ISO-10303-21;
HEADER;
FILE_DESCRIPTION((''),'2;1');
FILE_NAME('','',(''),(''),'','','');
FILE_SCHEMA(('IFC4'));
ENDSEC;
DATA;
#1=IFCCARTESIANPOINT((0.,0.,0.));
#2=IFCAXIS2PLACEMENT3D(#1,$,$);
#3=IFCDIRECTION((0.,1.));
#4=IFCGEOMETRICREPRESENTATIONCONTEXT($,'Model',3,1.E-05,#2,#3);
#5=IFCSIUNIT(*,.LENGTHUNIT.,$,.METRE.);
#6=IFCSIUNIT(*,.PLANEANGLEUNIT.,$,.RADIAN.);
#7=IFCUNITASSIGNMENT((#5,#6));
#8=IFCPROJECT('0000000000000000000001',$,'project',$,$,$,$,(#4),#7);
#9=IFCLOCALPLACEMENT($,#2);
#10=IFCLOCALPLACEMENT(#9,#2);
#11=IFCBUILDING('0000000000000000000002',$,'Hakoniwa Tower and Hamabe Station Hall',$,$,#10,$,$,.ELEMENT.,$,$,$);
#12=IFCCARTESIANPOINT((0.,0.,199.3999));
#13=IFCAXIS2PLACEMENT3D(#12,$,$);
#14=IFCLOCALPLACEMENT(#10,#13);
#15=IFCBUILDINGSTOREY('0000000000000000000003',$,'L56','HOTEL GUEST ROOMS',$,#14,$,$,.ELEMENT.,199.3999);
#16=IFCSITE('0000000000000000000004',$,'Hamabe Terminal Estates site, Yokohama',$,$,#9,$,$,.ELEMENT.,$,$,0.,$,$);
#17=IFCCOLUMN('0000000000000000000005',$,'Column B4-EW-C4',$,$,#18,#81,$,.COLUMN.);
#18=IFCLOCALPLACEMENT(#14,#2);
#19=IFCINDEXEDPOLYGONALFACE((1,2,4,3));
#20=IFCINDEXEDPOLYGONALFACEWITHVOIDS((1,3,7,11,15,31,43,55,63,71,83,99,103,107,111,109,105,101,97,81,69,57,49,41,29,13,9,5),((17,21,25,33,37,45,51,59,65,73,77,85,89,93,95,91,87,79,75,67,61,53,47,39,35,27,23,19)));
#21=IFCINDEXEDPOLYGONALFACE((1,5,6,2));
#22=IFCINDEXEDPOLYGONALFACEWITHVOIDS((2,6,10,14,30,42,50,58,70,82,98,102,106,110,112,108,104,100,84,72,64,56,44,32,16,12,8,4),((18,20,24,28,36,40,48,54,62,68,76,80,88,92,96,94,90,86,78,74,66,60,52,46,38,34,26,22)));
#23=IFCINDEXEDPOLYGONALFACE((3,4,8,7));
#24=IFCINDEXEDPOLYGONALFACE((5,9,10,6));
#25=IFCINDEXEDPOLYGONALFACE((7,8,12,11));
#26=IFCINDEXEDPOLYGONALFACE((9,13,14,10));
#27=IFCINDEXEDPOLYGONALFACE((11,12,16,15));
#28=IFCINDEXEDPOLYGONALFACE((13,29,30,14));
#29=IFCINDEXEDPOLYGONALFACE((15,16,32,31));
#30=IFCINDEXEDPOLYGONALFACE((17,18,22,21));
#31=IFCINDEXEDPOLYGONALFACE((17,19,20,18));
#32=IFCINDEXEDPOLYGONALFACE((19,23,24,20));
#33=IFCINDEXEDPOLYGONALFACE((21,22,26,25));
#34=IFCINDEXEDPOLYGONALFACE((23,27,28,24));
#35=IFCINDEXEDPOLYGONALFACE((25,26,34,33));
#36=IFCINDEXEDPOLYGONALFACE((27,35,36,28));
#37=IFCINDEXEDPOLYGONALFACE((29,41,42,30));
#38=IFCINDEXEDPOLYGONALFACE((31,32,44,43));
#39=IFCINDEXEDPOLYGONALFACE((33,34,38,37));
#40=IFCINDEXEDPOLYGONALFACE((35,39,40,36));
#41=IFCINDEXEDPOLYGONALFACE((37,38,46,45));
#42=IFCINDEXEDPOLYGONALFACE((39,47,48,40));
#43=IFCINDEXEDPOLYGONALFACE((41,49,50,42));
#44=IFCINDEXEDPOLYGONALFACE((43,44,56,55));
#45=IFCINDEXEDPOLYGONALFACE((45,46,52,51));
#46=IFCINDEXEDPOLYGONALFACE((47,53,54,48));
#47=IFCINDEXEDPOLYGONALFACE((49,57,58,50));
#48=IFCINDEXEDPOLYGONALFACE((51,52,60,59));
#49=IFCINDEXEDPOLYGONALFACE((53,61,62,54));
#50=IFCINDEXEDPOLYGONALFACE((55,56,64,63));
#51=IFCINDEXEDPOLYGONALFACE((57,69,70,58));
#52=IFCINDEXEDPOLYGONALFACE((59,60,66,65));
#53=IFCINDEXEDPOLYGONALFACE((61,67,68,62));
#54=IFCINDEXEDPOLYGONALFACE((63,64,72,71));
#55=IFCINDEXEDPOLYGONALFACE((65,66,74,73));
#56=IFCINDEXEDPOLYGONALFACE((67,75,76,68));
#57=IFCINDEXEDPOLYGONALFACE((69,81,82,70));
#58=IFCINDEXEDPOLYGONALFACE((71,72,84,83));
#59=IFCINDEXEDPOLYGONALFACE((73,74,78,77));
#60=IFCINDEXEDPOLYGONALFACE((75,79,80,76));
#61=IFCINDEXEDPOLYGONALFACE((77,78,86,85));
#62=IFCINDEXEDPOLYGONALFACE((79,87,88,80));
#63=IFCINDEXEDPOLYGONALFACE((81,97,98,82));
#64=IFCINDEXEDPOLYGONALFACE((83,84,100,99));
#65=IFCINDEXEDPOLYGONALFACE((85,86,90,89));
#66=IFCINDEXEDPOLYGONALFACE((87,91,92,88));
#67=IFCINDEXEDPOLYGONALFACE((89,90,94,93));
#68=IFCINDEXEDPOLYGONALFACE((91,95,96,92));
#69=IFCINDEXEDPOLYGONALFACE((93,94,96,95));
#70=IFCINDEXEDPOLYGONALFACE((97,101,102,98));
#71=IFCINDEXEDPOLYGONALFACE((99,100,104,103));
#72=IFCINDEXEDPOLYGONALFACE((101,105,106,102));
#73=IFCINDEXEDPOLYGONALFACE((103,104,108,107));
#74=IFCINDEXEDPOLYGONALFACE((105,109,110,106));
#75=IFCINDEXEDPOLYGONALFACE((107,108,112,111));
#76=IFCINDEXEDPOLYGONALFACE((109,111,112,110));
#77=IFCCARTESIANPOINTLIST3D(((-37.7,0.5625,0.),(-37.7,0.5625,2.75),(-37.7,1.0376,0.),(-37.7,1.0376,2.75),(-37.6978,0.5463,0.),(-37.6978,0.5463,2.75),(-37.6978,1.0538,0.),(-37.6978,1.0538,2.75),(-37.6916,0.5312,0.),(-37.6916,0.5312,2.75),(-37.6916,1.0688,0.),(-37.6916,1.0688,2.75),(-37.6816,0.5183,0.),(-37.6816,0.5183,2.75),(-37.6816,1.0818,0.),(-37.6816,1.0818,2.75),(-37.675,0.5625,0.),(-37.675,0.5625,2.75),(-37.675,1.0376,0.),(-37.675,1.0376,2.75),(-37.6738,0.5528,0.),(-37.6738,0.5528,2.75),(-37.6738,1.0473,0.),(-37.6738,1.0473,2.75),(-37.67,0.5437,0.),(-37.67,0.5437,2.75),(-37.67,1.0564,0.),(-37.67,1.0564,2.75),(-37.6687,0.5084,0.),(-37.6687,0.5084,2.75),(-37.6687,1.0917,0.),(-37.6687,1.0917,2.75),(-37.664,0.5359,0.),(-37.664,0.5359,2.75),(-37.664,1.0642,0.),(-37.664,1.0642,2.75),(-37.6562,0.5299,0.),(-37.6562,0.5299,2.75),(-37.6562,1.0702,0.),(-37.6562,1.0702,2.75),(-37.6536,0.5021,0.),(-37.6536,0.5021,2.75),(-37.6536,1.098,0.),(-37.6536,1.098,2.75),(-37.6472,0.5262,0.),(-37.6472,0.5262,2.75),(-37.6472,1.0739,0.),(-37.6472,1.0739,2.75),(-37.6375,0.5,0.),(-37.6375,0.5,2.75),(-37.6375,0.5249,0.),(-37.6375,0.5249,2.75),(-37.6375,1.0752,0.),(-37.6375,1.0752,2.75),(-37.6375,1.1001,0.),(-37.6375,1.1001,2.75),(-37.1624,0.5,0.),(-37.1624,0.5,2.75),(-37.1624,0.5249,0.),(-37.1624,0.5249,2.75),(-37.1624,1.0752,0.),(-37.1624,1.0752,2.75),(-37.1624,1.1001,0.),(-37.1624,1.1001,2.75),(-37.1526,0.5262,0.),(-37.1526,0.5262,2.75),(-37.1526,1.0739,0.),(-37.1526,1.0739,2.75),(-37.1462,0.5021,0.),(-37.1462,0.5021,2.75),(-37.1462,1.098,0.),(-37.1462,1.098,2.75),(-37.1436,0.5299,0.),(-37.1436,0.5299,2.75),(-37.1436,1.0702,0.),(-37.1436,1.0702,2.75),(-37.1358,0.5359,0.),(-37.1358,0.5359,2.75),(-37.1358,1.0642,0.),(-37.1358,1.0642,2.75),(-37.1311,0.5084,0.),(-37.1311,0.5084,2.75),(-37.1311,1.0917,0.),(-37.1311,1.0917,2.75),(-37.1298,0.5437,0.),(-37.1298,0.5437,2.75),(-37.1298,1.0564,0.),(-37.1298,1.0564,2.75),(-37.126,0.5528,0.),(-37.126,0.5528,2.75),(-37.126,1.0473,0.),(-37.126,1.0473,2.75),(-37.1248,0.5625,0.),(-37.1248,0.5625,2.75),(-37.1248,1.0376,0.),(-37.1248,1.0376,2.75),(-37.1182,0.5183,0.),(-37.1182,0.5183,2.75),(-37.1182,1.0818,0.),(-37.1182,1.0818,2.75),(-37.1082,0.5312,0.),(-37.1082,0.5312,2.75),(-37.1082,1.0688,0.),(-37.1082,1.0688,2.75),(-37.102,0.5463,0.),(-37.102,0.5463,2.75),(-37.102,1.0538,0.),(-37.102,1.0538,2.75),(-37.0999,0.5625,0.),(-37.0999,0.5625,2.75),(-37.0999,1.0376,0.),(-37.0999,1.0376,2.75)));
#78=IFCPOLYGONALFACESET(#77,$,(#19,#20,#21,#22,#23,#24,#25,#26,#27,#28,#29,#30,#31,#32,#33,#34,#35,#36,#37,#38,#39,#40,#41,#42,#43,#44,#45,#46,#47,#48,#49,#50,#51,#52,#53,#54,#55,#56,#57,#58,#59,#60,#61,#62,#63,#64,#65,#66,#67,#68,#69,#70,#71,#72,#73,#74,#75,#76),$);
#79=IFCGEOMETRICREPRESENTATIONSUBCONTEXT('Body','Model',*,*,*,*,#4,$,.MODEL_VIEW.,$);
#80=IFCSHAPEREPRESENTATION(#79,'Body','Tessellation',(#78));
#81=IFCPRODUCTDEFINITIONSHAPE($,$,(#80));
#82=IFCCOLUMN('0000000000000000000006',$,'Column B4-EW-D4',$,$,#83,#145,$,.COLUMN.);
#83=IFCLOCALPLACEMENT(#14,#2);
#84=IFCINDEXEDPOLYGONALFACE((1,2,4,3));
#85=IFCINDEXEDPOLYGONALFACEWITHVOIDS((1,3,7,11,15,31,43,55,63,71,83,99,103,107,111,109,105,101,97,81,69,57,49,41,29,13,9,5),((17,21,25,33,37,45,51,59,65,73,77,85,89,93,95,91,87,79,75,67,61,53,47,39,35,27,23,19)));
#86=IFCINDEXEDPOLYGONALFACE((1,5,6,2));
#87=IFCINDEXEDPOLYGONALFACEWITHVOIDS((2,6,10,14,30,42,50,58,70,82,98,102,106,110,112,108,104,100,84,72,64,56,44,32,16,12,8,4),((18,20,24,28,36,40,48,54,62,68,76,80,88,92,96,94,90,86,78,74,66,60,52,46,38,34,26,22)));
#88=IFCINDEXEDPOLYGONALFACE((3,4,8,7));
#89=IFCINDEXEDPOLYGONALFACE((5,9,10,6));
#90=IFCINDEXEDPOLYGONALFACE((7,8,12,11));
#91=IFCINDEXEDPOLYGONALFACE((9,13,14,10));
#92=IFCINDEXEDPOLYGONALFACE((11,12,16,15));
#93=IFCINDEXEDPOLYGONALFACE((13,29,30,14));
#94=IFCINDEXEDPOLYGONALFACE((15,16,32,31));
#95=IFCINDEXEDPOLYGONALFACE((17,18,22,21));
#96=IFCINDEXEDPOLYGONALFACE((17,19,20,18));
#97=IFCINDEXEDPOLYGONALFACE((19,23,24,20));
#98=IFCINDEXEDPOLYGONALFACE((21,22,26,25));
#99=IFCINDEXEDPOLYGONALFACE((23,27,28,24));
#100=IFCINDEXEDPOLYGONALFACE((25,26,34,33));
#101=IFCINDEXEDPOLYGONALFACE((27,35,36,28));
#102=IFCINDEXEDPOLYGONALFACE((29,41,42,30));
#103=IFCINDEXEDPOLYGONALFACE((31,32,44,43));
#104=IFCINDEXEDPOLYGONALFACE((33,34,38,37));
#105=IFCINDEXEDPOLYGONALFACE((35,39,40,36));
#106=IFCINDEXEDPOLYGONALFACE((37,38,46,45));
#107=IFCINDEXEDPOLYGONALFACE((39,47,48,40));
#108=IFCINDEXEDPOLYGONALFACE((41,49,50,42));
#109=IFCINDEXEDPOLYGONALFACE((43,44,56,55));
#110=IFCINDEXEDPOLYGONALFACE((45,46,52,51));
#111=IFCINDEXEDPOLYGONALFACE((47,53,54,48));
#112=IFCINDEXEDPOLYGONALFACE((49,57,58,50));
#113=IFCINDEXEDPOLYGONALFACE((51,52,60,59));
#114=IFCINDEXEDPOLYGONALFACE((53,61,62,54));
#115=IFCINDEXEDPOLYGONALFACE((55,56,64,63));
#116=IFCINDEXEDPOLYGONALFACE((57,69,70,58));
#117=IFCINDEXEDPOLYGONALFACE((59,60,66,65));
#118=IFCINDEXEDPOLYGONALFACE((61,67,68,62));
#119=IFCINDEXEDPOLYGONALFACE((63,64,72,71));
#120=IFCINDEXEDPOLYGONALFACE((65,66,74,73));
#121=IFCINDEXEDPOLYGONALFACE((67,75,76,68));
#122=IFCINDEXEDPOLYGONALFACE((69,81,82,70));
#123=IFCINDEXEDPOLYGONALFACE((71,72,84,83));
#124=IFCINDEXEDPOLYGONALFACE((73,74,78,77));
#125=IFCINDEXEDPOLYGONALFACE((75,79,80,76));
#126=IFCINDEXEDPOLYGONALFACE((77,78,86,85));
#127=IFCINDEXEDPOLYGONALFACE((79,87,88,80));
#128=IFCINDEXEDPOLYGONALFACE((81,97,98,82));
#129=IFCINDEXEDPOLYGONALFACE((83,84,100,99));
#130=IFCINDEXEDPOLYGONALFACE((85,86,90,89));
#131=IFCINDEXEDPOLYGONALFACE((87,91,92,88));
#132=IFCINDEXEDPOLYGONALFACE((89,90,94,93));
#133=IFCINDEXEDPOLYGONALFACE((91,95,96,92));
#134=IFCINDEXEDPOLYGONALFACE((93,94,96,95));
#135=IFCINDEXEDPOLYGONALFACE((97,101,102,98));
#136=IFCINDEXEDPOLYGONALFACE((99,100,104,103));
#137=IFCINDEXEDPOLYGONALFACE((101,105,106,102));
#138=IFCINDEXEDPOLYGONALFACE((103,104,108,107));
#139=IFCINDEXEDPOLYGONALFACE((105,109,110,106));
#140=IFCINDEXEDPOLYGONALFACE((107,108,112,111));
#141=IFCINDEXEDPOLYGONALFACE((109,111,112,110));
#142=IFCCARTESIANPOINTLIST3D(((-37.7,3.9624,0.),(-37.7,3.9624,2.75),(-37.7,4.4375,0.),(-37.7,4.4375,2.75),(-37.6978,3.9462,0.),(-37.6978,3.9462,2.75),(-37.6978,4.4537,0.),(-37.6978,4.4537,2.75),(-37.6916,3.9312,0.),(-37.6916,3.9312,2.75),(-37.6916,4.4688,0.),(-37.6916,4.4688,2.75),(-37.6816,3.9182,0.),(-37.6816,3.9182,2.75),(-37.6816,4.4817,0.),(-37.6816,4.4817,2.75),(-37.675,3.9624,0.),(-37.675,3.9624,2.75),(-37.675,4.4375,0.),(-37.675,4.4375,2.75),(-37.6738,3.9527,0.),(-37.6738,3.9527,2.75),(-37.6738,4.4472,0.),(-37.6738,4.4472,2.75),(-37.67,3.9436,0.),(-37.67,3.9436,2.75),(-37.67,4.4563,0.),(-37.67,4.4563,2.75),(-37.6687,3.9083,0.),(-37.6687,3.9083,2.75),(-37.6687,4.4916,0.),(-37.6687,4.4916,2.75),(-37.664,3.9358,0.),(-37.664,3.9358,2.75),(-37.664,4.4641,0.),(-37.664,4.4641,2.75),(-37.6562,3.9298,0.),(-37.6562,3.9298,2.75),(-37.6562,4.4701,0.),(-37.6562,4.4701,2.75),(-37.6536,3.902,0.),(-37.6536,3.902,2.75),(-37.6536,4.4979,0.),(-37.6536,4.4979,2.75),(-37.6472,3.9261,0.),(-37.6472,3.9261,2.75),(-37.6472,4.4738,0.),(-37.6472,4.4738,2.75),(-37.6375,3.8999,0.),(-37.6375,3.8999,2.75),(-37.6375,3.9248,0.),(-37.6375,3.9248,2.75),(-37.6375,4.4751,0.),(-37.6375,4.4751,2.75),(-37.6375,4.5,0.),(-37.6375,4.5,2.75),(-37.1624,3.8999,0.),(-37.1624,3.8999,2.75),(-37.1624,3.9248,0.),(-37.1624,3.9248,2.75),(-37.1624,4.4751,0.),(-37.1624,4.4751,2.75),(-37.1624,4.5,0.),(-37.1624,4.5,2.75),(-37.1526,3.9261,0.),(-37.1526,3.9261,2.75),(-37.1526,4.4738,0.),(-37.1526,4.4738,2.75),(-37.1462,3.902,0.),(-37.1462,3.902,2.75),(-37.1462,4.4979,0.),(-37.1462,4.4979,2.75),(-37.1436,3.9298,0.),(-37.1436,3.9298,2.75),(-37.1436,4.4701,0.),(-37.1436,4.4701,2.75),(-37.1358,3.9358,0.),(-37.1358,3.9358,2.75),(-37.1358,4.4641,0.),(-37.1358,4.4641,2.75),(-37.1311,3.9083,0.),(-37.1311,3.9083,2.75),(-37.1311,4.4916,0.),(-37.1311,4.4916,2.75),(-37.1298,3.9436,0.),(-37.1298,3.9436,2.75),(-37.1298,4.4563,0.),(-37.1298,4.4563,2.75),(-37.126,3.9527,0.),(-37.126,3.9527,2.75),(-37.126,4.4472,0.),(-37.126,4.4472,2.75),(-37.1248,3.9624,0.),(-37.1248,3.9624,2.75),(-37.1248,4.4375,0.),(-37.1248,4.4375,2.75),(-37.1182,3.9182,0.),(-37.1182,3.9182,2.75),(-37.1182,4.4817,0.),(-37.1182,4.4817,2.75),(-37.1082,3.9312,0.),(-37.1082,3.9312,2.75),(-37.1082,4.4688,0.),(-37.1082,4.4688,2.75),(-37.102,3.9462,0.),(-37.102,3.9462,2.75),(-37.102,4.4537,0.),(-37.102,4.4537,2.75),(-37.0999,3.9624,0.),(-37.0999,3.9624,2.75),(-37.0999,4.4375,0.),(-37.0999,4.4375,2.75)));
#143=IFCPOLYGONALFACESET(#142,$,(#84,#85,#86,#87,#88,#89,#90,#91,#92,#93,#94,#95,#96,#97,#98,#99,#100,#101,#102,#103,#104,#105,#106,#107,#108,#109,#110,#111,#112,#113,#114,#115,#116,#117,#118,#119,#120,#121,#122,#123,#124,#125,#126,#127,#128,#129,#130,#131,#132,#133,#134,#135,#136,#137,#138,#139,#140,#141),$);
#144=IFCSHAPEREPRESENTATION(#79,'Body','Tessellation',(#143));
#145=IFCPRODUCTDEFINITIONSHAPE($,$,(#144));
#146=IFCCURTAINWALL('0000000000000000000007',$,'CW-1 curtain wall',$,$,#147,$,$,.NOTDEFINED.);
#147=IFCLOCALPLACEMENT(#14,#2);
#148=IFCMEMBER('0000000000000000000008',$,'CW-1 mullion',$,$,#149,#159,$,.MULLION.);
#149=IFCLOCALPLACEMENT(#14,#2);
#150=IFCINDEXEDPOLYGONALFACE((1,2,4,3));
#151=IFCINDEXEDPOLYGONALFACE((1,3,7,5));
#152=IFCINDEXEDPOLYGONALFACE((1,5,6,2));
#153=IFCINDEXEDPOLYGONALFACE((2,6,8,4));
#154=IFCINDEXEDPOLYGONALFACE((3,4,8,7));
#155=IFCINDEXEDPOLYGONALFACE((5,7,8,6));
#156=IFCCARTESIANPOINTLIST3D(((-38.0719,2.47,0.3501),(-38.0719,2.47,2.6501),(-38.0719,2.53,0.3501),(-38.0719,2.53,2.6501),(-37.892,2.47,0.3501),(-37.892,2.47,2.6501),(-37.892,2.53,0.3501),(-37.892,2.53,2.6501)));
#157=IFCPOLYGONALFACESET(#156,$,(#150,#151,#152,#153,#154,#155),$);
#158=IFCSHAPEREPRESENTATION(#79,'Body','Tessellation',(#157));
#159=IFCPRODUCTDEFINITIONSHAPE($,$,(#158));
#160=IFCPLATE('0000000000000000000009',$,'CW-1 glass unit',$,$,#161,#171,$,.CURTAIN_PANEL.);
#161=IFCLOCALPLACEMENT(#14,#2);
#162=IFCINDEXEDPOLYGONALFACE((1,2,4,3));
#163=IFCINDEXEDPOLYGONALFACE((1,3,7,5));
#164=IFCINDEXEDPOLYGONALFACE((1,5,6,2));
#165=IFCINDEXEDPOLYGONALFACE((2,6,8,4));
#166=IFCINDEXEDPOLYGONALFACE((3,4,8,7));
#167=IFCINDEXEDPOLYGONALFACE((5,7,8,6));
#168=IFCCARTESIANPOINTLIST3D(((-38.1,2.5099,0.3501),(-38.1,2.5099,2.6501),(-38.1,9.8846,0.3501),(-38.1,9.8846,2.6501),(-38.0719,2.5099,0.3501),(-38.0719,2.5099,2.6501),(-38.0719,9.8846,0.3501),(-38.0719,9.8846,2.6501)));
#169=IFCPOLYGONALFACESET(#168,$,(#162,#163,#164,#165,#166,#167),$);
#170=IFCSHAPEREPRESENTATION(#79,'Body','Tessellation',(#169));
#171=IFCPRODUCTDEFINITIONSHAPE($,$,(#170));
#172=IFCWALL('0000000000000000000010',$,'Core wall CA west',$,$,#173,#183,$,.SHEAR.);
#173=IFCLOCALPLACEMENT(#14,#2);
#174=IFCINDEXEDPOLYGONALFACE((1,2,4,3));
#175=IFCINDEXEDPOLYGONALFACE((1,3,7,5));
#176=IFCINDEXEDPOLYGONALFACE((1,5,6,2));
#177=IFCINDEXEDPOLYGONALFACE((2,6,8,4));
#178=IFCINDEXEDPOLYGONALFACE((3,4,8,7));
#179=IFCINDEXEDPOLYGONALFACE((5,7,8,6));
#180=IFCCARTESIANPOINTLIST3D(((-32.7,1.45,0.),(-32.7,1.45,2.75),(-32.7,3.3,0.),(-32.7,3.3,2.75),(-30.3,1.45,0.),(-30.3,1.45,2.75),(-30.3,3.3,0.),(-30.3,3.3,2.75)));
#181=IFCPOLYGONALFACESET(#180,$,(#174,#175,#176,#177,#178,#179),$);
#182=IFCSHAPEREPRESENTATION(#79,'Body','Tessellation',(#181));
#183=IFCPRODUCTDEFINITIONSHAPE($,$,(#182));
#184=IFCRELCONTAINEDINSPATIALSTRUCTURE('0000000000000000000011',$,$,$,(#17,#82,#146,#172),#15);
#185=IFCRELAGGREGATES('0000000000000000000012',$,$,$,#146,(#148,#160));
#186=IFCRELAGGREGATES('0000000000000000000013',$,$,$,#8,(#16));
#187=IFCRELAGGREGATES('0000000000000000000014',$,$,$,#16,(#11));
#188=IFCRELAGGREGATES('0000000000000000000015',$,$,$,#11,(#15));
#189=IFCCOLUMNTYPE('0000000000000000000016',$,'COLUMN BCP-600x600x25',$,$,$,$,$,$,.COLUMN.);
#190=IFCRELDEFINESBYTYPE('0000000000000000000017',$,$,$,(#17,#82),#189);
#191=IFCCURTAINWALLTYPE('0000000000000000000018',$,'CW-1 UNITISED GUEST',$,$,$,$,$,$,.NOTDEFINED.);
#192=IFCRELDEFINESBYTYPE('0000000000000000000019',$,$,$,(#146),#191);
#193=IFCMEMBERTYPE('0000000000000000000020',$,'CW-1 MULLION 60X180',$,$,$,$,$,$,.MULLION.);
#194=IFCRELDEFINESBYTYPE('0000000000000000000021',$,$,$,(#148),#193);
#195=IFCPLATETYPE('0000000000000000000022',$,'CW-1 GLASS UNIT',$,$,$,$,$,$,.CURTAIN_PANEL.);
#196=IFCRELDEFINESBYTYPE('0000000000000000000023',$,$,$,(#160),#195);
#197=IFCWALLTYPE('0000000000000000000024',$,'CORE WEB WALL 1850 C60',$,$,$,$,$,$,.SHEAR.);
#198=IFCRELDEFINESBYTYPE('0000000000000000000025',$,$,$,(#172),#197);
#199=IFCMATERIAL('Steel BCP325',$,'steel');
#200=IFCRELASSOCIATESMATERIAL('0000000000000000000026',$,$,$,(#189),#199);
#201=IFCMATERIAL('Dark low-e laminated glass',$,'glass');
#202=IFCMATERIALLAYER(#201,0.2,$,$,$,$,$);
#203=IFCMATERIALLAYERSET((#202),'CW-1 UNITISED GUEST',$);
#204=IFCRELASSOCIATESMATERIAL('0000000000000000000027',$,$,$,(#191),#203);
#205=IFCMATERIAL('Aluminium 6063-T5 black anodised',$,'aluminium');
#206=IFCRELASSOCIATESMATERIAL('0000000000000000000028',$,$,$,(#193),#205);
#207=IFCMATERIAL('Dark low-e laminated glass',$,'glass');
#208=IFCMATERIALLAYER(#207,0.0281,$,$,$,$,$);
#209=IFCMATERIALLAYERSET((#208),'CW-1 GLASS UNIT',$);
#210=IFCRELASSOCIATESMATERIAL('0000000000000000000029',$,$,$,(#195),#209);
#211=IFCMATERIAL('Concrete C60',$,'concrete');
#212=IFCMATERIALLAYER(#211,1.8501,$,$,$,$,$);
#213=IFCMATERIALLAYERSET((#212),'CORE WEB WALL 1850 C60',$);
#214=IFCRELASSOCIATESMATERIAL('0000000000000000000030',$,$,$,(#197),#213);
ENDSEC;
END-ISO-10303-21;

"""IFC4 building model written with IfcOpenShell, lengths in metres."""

from ifc_helpers import new_model, si_unit, direction, frame, frame_2d, origin, origin_2d, place, context, subcontext, project, spatial, rectangle, hollow_rectangle, extrude, material, layer, layer_set, material_profile, profile_set, type_object, element, aggregate, save


model = new_model("IFC4")

# Units and contexts
model_context = context("Model", 3, precision=1e-05, world=origin(), true_north=direction((0.0, 1.0)))
body_context = subcontext(model_context, "Body", "Model", "MODEL_VIEW")
ifc_project = project(units=[si_unit("LENGTHUNIT", "METRE"), si_unit("PLANEANGLEUNIT", "RADIAN")], contexts=[model_context])

# Site, building, storey
site_placement = place(None, origin())
site = spatial("IfcSite", under=ifc_project, at=site_placement, Name="Hamabe Terminal Estates site, Yokohama", CompositionType="ELEMENT", RefElevation=0.0)
building_placement = place(site_placement, origin())
building = spatial("IfcBuilding", under=site, at=building_placement, Name="Hakoniwa Tower and Hamabe Station Hall", CompositionType="ELEMENT")
storey_placement = place(building_placement, frame((0.0, 0.0, 199.3999)))
storey = spatial("IfcBuildingStorey", under=building, at=storey_placement, Name="L56", Description="HOTEL GUEST ROOMS", CompositionType="ELEMENT", Elevation=199.3999)

# Columns
ifc_material_1 = material(Name="Steel BCP325", Category="steel")
ifc_material_profile_1 = material_profile(ifc_material_1, hollow_rectangle(XDim=0.6001, YDim=0.6001, WallThickness=0.0249, InnerFilletRadius=0.0376, OuterFilletRadius=0.0625, at=origin_2d()), Name="BCP-600x600x25")
ifc_profile_set_1 = profile_set([ifc_material_profile_1], Name="Steel BCP325")
column_type = type_object("IfcColumnType", Name="COLUMN BCP-600x600x25", PredefinedType="COLUMN", material=ifc_profile_set_1)
for number, where, z_axis, x_axis, name in (
    (1, (-37.3999, 0.8, 0.0), (0.0, 0.0, 1.0), (1.0, 0.0, 0.0), "Column B4-EW-C4"),
    (2, (-37.3999, 4.2, 0.0), (0.0, 0.0, 1.0), (1.0, 0.0, 0.0), "Column B4-EW-D4"),
):
    element("IfcColumn", number, at=place(storey_placement, frame(where, z_axis=z_axis, x_axis=x_axis)), inside=storey, type_object=column_type, Name=name, PredefinedType="COLUMN", context=body_context, shape_type="SweptSolid", body=[
        extrude(hollow_rectangle(XDim=0.6001, YDim=0.6001, WallThickness=0.0249, InnerFilletRadius=0.0376, OuterFilletRadius=0.0625, at=origin_2d()), origin(), (0.0, 0.0, 1.0), 2.75),
    ])

# Curtain wall, member, plate
ifc_material_2 = material(Name="Dark low-e laminated glass", Category="glass")
ifc_layer_1 = layer(ifc_material_2, 0.2)
ifc_layer_set_1 = layer_set([ifc_layer_1], Name="CW-1 UNITISED GUEST")
curtain_wall_type = type_object("IfcCurtainWallType", Name="CW-1 UNITISED GUEST", PredefinedType="NOTDEFINED", material=ifc_layer_set_1)
curtain_wall_placement = place(storey_placement, origin())
curtain_wall = element("IfcCurtainWall", 3, at=curtain_wall_placement, inside=storey, type_object=curtain_wall_type, Name="CW-1 curtain wall", PredefinedType="NOTDEFINED")
ifc_material_3 = material(Name="Aluminium 6063-T5 black anodised", Category="aluminium")
ifc_material_profile_2 = material_profile(ifc_material_3, rectangle(XDim=0.0601, YDim=0.1799, at=origin_2d()), Name="CW-1 MULLION 60X180")
ifc_profile_set_2 = profile_set([ifc_material_profile_2], Name="Aluminium 6063-T5 black anodised")
member_type = type_object("IfcMemberType", Name="CW-1 MULLION 60X180", PredefinedType="MULLION", material=ifc_profile_set_2)
member_placement = place(storey_placement, frame((-37.9819, 2.5, 0.3501), z_axis=(0.0, 0.0, 1.0), x_axis=(0.0, -1.0, 0.0)))
member = element("IfcMember", 4, at=member_placement, type_object=member_type, Name="CW-1 mullion", PredefinedType="MULLION", context=body_context, shape_type="SweptSolid", body=[
    extrude(rectangle(XDim=0.0601, YDim=0.1799, at=origin_2d()), origin(), (0.0, 0.0, 1.0), 2.3),
])
ifc_material_4 = material(Name="Dark low-e laminated glass", Category="glass")
ifc_layer_2 = layer(ifc_material_4, 0.0281)
ifc_layer_set_2 = layer_set([ifc_layer_2], Name="CW-1 GLASS UNIT")
plate_type = type_object("IfcPlateType", Name="CW-1 GLASS UNIT", PredefinedType="CURTAIN_PANEL", material=ifc_layer_set_2)
plate_placement = place(storey_placement, frame((-38.0859, 6.1973, 0.3501), z_axis=(0.0, 0.0, 1.0), x_axis=(0.0, -1.0, 0.0)))
plate = element("IfcPlate", 5, at=plate_placement, type_object=plate_type, Name="CW-1 glass unit", PredefinedType="CURTAIN_PANEL", context=body_context, shape_type="SweptSolid", body=[
    extrude(rectangle(XDim=7.3748, YDim=0.0281, at=origin_2d()), origin(), (0.0, 0.0, 1.0), 2.3),
])
aggregate(curtain_wall, [member, plate])

# Wall
ifc_material_5 = material(Name="Concrete C60", Category="concrete")
ifc_layer_3 = layer(ifc_material_5, 1.8501)
ifc_layer_set_3 = layer_set([ifc_layer_3], Name="CORE WEB WALL 1850 C60")
wall_type_1 = type_object("IfcWallType", Name="CORE WEB WALL 1850 C60", PredefinedType="SHEAR", material=ifc_layer_set_3)
wall_1_placement = place(storey_placement, frame((-32.7, 2.375, 0.0), z_axis=(0.0, 0.0, 1.0), x_axis=(1.0, 0.0, 0.0)))
element("IfcWall", 6, at=wall_1_placement, inside=storey, type_object=wall_type_1, Name="Core wall CA west", PredefinedType="SHEAR", context=body_context, shape_type="SweptSolid", body=[
    extrude(rectangle(XDim=2.3999, YDim=1.8501, at=frame_2d((1.2, 0.0))), origin(), (0.0, 0.0, 1.0), 2.75),
])

save(model, "model.ifc")
